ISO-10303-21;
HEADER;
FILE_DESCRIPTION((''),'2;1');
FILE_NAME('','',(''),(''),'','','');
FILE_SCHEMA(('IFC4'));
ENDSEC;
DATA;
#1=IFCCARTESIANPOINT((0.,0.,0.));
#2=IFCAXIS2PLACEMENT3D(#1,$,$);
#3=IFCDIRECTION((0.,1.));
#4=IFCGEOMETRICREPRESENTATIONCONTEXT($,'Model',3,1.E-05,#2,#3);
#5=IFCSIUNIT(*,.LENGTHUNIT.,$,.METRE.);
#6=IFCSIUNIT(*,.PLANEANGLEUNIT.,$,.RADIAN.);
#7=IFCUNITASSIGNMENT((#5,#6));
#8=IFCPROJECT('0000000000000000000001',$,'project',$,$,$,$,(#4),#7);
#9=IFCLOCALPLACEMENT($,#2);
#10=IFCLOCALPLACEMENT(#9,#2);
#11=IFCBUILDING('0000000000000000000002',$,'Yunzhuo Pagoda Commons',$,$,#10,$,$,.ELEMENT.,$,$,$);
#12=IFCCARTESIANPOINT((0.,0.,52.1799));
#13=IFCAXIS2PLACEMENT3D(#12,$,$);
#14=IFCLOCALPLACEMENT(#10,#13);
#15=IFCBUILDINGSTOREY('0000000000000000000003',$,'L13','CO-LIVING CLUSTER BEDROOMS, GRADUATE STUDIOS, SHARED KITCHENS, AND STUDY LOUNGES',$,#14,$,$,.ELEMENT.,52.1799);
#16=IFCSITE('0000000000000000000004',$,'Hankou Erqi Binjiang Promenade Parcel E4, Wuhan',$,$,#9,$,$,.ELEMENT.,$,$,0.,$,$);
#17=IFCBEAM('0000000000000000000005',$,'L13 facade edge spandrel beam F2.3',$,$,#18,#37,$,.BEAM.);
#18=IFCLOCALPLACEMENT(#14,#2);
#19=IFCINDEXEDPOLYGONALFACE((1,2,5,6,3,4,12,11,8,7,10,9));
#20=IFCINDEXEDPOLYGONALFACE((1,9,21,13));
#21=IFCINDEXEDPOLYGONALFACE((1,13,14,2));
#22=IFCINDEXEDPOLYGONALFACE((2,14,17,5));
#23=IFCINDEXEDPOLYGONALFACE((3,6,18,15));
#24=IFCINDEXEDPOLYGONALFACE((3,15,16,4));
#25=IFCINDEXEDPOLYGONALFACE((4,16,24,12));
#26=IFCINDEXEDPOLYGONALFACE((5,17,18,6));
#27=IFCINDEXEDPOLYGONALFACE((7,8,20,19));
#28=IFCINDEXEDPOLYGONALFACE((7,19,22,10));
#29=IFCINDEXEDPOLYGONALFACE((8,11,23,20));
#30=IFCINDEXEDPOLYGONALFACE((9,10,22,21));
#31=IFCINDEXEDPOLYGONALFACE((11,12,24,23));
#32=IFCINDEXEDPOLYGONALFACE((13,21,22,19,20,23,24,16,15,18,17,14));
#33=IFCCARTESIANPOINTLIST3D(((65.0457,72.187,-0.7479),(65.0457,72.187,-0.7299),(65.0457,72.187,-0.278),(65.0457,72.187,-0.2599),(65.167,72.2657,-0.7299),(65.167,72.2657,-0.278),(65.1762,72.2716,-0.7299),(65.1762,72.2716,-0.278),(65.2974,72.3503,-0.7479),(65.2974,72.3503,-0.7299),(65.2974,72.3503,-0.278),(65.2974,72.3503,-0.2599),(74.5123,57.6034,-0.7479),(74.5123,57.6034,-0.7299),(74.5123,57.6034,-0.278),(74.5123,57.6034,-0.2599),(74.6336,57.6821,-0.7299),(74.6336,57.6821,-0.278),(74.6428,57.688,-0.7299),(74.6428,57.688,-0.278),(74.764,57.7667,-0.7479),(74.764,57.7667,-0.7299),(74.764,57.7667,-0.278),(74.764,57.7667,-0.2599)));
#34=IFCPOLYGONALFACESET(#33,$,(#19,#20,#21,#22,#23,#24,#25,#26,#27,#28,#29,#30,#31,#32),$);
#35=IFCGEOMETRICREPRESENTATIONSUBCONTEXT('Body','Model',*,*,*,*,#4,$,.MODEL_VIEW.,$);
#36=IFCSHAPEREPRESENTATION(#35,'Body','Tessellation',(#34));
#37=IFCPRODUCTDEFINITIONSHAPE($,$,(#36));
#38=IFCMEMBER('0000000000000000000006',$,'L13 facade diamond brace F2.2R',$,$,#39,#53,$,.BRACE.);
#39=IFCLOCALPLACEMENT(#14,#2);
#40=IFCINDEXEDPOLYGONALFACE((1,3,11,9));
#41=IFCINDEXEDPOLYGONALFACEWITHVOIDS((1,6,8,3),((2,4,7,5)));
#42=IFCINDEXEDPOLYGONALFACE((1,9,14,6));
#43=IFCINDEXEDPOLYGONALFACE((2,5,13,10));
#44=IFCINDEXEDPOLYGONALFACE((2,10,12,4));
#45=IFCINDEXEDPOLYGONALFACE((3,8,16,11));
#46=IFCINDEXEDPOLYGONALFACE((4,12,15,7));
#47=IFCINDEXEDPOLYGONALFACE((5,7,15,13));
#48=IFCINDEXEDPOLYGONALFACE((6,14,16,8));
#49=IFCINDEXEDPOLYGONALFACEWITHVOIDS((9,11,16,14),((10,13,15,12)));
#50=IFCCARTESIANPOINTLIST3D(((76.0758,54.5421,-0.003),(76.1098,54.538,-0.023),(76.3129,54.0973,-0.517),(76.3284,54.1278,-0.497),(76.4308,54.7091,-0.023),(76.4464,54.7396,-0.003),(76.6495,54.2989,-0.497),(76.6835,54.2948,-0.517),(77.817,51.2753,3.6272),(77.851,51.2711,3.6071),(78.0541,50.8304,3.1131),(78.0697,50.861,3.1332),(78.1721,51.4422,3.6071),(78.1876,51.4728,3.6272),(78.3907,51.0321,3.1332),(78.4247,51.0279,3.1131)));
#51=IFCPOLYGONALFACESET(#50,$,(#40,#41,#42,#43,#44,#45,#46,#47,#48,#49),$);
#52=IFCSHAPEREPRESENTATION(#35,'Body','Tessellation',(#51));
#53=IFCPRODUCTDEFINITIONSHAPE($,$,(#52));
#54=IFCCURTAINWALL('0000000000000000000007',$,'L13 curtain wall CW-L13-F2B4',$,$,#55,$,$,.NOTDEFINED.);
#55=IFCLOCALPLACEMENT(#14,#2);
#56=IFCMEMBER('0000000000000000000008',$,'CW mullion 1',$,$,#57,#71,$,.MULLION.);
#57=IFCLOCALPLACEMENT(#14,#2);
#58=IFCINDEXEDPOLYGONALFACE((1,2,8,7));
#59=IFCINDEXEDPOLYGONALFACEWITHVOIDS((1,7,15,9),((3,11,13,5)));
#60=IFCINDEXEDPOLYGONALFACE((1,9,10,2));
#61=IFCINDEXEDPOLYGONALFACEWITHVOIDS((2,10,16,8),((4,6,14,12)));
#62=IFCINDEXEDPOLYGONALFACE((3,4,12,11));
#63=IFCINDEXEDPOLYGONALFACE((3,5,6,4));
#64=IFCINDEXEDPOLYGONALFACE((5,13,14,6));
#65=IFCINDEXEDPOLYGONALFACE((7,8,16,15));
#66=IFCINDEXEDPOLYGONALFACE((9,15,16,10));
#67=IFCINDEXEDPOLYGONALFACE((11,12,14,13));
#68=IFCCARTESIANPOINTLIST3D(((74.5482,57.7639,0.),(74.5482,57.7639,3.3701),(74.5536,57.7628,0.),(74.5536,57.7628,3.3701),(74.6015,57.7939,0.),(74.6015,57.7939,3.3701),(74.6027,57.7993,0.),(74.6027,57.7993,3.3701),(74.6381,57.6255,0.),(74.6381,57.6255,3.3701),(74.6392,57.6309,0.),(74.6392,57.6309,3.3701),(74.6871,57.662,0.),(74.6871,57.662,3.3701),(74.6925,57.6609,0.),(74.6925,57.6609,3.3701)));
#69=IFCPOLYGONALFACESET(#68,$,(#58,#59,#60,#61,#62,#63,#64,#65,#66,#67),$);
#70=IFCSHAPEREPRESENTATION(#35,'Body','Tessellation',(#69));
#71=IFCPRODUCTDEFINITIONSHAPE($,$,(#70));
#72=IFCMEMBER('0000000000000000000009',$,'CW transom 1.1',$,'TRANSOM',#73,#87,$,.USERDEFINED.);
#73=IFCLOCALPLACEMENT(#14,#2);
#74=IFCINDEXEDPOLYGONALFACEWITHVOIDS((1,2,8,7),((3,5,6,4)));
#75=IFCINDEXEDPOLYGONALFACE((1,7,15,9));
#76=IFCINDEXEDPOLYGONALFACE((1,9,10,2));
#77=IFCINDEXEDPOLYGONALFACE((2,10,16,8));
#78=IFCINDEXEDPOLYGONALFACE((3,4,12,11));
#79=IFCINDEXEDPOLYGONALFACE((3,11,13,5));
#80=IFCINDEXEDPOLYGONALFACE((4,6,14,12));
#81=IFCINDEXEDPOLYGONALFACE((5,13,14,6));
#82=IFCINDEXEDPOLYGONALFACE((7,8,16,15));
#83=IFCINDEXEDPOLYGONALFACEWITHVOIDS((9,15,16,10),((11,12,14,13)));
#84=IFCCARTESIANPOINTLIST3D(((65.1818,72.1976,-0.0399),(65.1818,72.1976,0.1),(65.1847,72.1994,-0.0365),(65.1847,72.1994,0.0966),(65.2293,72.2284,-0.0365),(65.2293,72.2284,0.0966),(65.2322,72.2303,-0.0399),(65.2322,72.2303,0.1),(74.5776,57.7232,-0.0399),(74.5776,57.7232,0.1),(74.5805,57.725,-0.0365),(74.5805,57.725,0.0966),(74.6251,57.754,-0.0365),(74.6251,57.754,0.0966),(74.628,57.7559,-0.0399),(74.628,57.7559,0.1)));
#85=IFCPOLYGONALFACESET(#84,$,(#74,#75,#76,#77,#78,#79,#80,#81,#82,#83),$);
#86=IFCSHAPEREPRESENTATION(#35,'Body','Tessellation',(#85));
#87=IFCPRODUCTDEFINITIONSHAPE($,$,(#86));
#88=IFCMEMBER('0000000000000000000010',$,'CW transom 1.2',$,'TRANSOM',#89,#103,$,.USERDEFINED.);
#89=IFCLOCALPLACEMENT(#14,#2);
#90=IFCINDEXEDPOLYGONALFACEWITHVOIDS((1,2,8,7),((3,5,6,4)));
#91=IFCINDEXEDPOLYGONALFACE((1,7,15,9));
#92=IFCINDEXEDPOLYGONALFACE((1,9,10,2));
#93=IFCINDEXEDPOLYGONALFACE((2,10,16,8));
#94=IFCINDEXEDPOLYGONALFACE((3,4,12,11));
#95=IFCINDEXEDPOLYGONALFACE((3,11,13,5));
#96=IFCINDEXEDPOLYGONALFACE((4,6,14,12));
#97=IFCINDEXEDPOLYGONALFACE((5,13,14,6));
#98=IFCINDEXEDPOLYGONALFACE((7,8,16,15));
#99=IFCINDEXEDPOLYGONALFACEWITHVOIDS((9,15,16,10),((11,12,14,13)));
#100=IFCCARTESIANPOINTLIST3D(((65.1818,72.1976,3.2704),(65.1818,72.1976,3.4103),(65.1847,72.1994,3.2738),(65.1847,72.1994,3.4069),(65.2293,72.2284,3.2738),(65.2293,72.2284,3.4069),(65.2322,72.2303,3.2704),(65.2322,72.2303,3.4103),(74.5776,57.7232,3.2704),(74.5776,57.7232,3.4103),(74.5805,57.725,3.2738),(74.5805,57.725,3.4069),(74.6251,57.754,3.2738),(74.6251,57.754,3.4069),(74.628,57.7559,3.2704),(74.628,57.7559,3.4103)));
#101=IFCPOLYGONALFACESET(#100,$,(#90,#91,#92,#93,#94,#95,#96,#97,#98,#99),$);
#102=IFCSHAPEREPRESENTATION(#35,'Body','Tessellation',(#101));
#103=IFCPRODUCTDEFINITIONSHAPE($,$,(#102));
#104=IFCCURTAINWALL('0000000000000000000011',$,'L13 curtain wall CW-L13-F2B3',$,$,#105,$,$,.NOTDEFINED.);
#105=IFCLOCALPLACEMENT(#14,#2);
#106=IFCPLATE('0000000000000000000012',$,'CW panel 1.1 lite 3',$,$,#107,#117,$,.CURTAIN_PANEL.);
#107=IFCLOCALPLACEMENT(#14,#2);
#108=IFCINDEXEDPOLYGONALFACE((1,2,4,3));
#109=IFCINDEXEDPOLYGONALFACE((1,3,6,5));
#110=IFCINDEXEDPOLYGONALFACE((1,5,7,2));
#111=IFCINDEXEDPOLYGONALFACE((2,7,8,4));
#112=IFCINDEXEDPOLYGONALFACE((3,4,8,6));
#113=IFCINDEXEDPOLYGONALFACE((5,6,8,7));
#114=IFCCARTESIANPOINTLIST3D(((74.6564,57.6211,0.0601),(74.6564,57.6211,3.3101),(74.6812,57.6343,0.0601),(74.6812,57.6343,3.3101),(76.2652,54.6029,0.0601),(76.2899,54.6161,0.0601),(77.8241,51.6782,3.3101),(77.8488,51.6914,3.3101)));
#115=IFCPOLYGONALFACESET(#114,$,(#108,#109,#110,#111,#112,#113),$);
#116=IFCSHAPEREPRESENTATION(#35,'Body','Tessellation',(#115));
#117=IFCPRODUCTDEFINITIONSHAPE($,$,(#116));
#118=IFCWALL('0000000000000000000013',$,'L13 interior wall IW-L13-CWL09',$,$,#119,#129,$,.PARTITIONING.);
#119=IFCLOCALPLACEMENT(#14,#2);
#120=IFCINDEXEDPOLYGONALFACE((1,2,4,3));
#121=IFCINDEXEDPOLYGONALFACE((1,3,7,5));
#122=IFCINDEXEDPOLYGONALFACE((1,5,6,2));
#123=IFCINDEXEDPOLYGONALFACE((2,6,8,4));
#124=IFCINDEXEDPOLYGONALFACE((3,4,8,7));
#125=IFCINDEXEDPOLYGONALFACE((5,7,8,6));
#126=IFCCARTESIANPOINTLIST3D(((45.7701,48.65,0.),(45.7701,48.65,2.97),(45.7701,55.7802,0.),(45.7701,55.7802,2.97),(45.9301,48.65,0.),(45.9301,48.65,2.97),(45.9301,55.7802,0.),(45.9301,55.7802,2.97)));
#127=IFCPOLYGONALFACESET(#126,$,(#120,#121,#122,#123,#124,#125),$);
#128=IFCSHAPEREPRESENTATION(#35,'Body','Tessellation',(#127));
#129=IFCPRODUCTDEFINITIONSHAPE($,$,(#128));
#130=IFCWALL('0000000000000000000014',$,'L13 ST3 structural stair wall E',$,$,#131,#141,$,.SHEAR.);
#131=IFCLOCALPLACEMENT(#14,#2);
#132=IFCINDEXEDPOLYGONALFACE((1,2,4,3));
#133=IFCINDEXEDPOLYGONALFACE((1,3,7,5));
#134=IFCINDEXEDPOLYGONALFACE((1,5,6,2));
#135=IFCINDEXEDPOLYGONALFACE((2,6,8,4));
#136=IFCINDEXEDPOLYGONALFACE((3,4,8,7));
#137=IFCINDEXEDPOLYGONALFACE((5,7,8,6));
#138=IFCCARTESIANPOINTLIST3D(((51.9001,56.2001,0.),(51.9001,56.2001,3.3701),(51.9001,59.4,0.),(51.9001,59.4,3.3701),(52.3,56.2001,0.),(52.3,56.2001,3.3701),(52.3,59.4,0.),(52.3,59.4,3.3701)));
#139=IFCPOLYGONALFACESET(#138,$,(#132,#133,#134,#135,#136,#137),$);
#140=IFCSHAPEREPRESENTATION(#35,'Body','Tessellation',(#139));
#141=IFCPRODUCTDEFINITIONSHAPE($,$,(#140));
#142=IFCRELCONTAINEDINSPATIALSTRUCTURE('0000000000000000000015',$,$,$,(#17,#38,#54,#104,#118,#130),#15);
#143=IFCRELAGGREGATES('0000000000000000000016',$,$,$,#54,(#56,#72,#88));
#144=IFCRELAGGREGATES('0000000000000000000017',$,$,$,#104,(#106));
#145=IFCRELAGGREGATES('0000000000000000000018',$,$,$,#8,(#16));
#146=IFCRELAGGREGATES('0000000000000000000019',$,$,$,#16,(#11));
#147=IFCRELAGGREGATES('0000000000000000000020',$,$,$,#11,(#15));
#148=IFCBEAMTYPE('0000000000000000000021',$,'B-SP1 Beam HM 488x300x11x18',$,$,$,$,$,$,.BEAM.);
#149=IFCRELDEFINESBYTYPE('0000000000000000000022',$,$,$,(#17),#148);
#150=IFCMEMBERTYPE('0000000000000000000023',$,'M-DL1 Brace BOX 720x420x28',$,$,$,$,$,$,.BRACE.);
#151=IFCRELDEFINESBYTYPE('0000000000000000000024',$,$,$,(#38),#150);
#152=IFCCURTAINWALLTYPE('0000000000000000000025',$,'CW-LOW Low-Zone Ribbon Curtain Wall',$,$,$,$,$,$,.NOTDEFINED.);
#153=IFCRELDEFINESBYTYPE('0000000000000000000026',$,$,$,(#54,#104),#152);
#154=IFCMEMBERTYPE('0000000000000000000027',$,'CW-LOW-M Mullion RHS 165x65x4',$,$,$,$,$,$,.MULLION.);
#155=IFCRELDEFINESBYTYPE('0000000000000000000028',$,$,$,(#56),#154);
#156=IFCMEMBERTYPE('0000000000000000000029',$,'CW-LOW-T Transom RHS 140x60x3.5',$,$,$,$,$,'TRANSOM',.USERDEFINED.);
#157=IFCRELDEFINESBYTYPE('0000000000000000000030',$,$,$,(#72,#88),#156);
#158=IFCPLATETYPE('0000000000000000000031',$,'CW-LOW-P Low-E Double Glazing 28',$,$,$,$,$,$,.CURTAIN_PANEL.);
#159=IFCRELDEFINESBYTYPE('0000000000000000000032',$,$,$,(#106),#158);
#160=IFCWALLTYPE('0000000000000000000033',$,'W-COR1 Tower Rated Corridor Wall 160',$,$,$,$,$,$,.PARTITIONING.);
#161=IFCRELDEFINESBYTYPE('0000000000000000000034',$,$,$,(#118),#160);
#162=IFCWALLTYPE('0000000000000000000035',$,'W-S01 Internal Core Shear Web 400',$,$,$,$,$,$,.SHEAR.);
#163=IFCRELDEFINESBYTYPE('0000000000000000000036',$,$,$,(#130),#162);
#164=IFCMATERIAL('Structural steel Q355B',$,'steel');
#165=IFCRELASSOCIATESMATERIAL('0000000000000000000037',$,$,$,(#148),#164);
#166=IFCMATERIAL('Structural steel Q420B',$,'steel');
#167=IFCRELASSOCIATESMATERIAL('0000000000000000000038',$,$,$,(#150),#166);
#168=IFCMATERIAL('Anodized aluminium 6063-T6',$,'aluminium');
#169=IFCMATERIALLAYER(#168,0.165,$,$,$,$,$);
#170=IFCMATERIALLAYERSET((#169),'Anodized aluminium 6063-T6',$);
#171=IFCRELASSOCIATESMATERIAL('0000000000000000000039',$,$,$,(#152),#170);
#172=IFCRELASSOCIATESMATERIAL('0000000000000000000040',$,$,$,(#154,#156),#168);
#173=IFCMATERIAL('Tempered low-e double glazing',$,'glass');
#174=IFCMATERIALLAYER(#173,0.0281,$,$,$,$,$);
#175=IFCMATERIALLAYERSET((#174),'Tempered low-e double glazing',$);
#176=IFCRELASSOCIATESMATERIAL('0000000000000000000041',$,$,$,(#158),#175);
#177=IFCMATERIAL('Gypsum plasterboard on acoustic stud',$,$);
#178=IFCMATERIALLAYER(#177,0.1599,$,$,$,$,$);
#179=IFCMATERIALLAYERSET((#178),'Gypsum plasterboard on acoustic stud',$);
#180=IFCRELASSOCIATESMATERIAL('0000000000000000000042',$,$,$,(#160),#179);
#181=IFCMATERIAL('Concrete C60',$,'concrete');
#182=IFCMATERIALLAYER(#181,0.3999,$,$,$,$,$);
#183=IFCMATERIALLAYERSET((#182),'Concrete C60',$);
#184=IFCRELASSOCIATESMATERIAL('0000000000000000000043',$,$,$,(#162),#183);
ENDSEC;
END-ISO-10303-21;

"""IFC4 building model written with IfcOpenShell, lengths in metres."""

from ifc_helpers import new_model, si_unit, direction, frame, frame_2d, origin, origin_2d, place, context, subcontext, project, spatial, polyline, rectangle, hollow_rectangle, i_section, outline, extrude, source, transform, mapped, material, layer, layer_set, material_profile, profile_set, type_object, element, aggregate, save


model = new_model("IFC4")

# Units and contexts
model_context = context("Model", 3, precision=1e-05, world=origin(), true_north=direction((0.0, 1.0)))
body_context = subcontext(model_context, "Body", "Model", "MODEL_VIEW")
ifc_project = project(units=[si_unit("LENGTHUNIT", "METRE"), si_unit("PLANEANGLEUNIT", "RADIAN")], contexts=[model_context])

# Site, building, storey
site_placement = place(None, origin())
site = spatial("IfcSite", under=ifc_project, at=site_placement, Name="Hankou Erqi Binjiang Promenade Parcel E4, Wuhan", CompositionType="ELEMENT", RefElevation=0.0)
building_placement = place(site_placement, origin())
building = spatial("IfcBuilding", under=site, at=building_placement, Name="Yunzhuo Pagoda Commons", CompositionType="ELEMENT")
storey_placement = place(building_placement, frame((0.0, 0.0, 52.1799)))
storey = spatial("IfcBuildingStorey", under=building, at=storey_placement, Name="L13", Description="CO-LIVING CLUSTER BEDROOMS, GRADUATE STUDIOS, SHARED KITCHENS, AND STUDY LOUNGES", CompositionType="ELEMENT", Elevation=52.1799)

# Shared definitions
ifc_material_1 = material(Name="Structural steel Q420B", Category="steel")

# Beam
ifc_material_2 = material(Name="Structural steel Q355B", Category="steel")
ifc_material_profile_1 = material_profile(ifc_material_2, i_section(OverallWidth=0.3, OverallDepth=0.488, WebThickness=0.011, FlangeThickness=0.0181, at=origin_2d()), Name="Structural steel Q355B")
ifc_profile_set_1 = profile_set([ifc_material_profile_1], Name="Structural steel Q355B")
beam_type_1 = type_object("IfcBeamType", Name="B-SP1 Beam HM 488x300x11x18", PredefinedType="BEAM", material=ifc_profile_set_1)
shared_shape_1 = source(origin(), body_context, "Body", "SweptSolid", [
    extrude(i_section(OverallWidth=0.3, OverallDepth=0.488, WebThickness=0.011, FlangeThickness=0.0181, at=origin_2d()), origin(), (0.0, 0.0, 1.0), 17.3867),
])
beam_1_placement = place(storey_placement, frame((74.6382, 57.6851, -0.5039), z_axis=(-0.544474, 0.838778, 0.0), x_axis=(-0.838778, -0.544474, 0.0)))
element("IfcBeam", 1, at=beam_1_placement, inside=storey, type_object=beam_type_1, Name="L13 facade edge spandrel beam F2.3", PredefinedType="BEAM", context=body_context, shape_type="MappedRepresentation", body=[
    mapped(shared_shape_1, transform((0.0, 0.0, 0.0), scale=1.0)),
])

# Member
ifc_material_profile_2 = material_profile(ifc_material_1, hollow_rectangle(XDim=0.4199, YDim=0.72, WallThickness=0.0281, at=origin_2d()), Name="Structural steel Q420B")
ifc_profile_set_2 = profile_set([ifc_material_profile_2], Name="Structural steel Q420B")
member_type_1 = type_object("IfcMemberType", Name="M-DL1 Brace BOX 720x420x28", PredefinedType="BRACE", material=ifc_profile_set_2)
shared_shape_2 = source(origin(), body_context, "Body", "SweptSolid", [
    extrude(hollow_rectangle(XDim=0.4199, YDim=0.72, WallThickness=0.0281, at=origin_2d()), origin(), (0.0, 0.0, 1.0), 5.1848),
])
member_1_placement = place(storey_placement, frame((76.3796, 54.4185, -0.26), z_axis=(0.335831, -0.630084, 0.700151), x_axis=(0.882477, 0.470355, 0.0)))
element("IfcMember", 2, at=member_1_placement, inside=storey, type_object=member_type_1, Name="L13 facade diamond brace F2.2R", PredefinedType="BRACE", context=body_context, shape_type="MappedRepresentation", body=[
    mapped(shared_shape_2, transform((0.0, 0.0, 0.0), scale=1.0)),
])

# Curtain wall, members
ifc_material_3 = material(Name="Anodized aluminium 6063-T6", Category="aluminium")
ifc_layer_1 = layer(ifc_material_3, 0.165)
ifc_layer_set_1 = layer_set([ifc_layer_1], Name="Anodized aluminium 6063-T6")
curtain_wall_type = type_object("IfcCurtainWallType", Name="CW-LOW Low-Zone Ribbon Curtain Wall", PredefinedType="NOTDEFINED", material=ifc_layer_set_1)
curtain_wall_1_placement = place(storey_placement, origin())
curtain_wall_1 = element("IfcCurtainWall", 3, at=curtain_wall_1_placement, inside=storey, type_object=curtain_wall_type, Name="L13 curtain wall CW-L13-F2B4", PredefinedType="NOTDEFINED")
ifc_material_profile_3 = material_profile(ifc_material_3, hollow_rectangle(XDim=0.0649, YDim=0.165, WallThickness=0.0039, at=origin_2d()), Name="Anodized aluminium 6063-T6")
ifc_profile_set_3 = profile_set([ifc_material_profile_3], Name="Anodized aluminium 6063-T6")
member_type_2 = type_object("IfcMemberType", Name="CW-LOW-M Mullion RHS 165x65x4", PredefinedType="MULLION", material=ifc_profile_set_3)
shared_shape_3 = source(origin(), body_context, "Body", "SweptSolid", [
    extrude(hollow_rectangle(XDim=0.0649, YDim=0.165, WallThickness=0.0039, at=origin_2d()), origin(), (0.0, 0.0, 1.0), 3.3701),
])
member_2_placement = place(storey_placement, frame((74.6204, 57.7124, 0.0), z_axis=(0.0, 0.0, 1.0), x_axis=(-0.838777, -0.544476, 0.0)))
member_2 = element("IfcMember", 4, at=member_2_placement, type_object=member_type_2, Name="CW mullion 1", PredefinedType="MULLION", context=body_context, shape_type="MappedRepresentation", body=[
    mapped(shared_shape_3, transform((0.0, 0.0, 0.0), scale=1.0)),
])
ifc_material_profile_4 = material_profile(ifc_material_3, hollow_rectangle(XDim=0.0601, YDim=0.1399, WallThickness=0.0034, at=origin_2d()), Name="Anodized aluminium 6063-T6")
ifc_profile_set_4 = profile_set([ifc_material_profile_4], Name="Anodized aluminium 6063-T6")
member_type_3 = type_object("IfcMemberType", Name="CW-LOW-T Transom RHS 140x60x3.5", ElementType="TRANSOM", PredefinedType="USERDEFINED", material=ifc_profile_set_4)
shared_shape_4 = source(origin(), body_context, "Body", "SweptSolid", [
    extrude(hollow_rectangle(XDim=0.0601, YDim=0.1399, WallThickness=0.0034, at=origin_2d()), origin(), (0.0, 0.0, 1.0), 17.2566),
])
member_3_placement = place(storey_placement, frame((74.6028, 57.7395, 0.03), z_axis=(-0.544476, 0.838777, 0.0), x_axis=(-0.838777, -0.544476, 0.0)))
member_3 = element("IfcMember", 5, at=member_3_placement, type_object=member_type_3, Name="CW transom 1.1", ObjectType="TRANSOM", PredefinedType="USERDEFINED", context=body_context, shape_type="MappedRepresentation", body=[
    mapped(shared_shape_4, transform((0.0, 0.0, 0.0), scale=1.0)),
])
member_4_placement = place(storey_placement, frame((74.6028, 57.7395, 3.3403), z_axis=(-0.544476, 0.838777, 0.0), x_axis=(-0.838777, -0.544476, 0.0)))
member_4 = element("IfcMember", 6, at=member_4_placement, type_object=member_type_3, Name="CW transom 1.2", ObjectType="TRANSOM", PredefinedType="USERDEFINED", context=body_context, shape_type="MappedRepresentation", body=[
    mapped(shared_shape_4, transform((0.0, 0.0, 0.0), scale=1.0)),
])
aggregate(curtain_wall_1, [member_2, member_3, member_4])

# Curtain wall, plate
curtain_wall_2_placement = place(storey_placement, origin())
curtain_wall_2 = element("IfcCurtainWall", 7, at=curtain_wall_2_placement, inside=storey, type_object=curtain_wall_type, Name="L13 curtain wall CW-L13-F2B3", PredefinedType="NOTDEFINED")
ifc_material_4 = material(Name="Tempered low-e double glazing", Category="glass")
ifc_layer_2 = layer(ifc_material_4, 0.0281)
ifc_layer_set_2 = layer_set([ifc_layer_2], Name="Tempered low-e double glazing")
plate_type = type_object("IfcPlateType", Name="CW-LOW-P Low-E Double Glazing 28", PredefinedType="CURTAIN_PANEL", material=ifc_layer_set_2)
plate_placement = place(storey_placement, frame((76.2402, 54.6497, 1.6851), z_axis=(0.88247, 0.470369, 0.0), x_axis=(-0.470369, 0.88247, 0.0)))
plate = element("IfcPlate", 8, at=plate_placement, type_object=plate_type, Name="CW panel 1.1 lite 3", PredefinedType="CURTAIN_PANEL", context=body_context, shape_type="SweptSolid", body=[
    extrude(outline(polyline([(-3.3672, 1.625), (-0.053, -1.625), (3.3672, -1.625), (3.3672, 1.625), (-3.3672, 1.625)])), origin(), (0.0, 0.0, 1.0), 0.0281),
])
aggregate(curtain_wall_2, [plate])

# Walls
ifc_material_5 = material(Name="Gypsum plasterboard on acoustic stud")
ifc_layer_3 = layer(ifc_material_5, 0.1599)
ifc_layer_set_3 = layer_set([ifc_layer_3], Name="Gypsum plasterboard on acoustic stud")
wall_type_1 = type_object("IfcWallType", Name="W-COR1 Tower Rated Corridor Wall 160", PredefinedType="PARTITIONING", material=ifc_layer_set_3)
wall_1_placement = place(storey_placement, frame((45.8501, 55.78, 0.0), z_axis=(0.0, 0.0, 1.0), x_axis=(0.0, -1.0, 0.0)))
element("IfcWall", 9, at=wall_1_placement, inside=storey, type_object=wall_type_1, Name="L13 interior wall IW-L13-CWL09", PredefinedType="PARTITIONING", context=body_context, shape_type="SweptSolid", body=[
    extrude(rectangle(XDim=7.1301, YDim=0.1599, at=frame_2d((3.5649, 0.0))), origin(), (0.0, 0.0, 1.0), 2.97),
])
ifc_material_6 = material(Name="Concrete C60", Category="concrete")
ifc_layer_4 = layer(ifc_material_6, 0.3999)
ifc_layer_set_4 = layer_set([ifc_layer_4], Name="Concrete C60")
wall_type_2 = type_object("IfcWallType", Name="W-S01 Internal Core Shear Web 400", PredefinedType="SHEAR", material=ifc_layer_set_4)
wall_2_placement = place(storey_placement, frame((52.1001, 56.2, 0.0), z_axis=(0.0, 0.0, 1.0), x_axis=(0.0, 1.0, 0.0)))
element("IfcWall", 10, at=wall_2_placement, inside=storey, type_object=wall_type_2, Name="L13 ST3 structural stair wall E", PredefinedType="SHEAR", context=body_context, shape_type="SweptSolid", body=[
    extrude(rectangle(XDim=3.2, YDim=0.3999, at=frame_2d((1.6001, 0.0))), origin(), (0.0, 0.0, 1.0), 3.3701),
])

save(model, "model.ifc")
